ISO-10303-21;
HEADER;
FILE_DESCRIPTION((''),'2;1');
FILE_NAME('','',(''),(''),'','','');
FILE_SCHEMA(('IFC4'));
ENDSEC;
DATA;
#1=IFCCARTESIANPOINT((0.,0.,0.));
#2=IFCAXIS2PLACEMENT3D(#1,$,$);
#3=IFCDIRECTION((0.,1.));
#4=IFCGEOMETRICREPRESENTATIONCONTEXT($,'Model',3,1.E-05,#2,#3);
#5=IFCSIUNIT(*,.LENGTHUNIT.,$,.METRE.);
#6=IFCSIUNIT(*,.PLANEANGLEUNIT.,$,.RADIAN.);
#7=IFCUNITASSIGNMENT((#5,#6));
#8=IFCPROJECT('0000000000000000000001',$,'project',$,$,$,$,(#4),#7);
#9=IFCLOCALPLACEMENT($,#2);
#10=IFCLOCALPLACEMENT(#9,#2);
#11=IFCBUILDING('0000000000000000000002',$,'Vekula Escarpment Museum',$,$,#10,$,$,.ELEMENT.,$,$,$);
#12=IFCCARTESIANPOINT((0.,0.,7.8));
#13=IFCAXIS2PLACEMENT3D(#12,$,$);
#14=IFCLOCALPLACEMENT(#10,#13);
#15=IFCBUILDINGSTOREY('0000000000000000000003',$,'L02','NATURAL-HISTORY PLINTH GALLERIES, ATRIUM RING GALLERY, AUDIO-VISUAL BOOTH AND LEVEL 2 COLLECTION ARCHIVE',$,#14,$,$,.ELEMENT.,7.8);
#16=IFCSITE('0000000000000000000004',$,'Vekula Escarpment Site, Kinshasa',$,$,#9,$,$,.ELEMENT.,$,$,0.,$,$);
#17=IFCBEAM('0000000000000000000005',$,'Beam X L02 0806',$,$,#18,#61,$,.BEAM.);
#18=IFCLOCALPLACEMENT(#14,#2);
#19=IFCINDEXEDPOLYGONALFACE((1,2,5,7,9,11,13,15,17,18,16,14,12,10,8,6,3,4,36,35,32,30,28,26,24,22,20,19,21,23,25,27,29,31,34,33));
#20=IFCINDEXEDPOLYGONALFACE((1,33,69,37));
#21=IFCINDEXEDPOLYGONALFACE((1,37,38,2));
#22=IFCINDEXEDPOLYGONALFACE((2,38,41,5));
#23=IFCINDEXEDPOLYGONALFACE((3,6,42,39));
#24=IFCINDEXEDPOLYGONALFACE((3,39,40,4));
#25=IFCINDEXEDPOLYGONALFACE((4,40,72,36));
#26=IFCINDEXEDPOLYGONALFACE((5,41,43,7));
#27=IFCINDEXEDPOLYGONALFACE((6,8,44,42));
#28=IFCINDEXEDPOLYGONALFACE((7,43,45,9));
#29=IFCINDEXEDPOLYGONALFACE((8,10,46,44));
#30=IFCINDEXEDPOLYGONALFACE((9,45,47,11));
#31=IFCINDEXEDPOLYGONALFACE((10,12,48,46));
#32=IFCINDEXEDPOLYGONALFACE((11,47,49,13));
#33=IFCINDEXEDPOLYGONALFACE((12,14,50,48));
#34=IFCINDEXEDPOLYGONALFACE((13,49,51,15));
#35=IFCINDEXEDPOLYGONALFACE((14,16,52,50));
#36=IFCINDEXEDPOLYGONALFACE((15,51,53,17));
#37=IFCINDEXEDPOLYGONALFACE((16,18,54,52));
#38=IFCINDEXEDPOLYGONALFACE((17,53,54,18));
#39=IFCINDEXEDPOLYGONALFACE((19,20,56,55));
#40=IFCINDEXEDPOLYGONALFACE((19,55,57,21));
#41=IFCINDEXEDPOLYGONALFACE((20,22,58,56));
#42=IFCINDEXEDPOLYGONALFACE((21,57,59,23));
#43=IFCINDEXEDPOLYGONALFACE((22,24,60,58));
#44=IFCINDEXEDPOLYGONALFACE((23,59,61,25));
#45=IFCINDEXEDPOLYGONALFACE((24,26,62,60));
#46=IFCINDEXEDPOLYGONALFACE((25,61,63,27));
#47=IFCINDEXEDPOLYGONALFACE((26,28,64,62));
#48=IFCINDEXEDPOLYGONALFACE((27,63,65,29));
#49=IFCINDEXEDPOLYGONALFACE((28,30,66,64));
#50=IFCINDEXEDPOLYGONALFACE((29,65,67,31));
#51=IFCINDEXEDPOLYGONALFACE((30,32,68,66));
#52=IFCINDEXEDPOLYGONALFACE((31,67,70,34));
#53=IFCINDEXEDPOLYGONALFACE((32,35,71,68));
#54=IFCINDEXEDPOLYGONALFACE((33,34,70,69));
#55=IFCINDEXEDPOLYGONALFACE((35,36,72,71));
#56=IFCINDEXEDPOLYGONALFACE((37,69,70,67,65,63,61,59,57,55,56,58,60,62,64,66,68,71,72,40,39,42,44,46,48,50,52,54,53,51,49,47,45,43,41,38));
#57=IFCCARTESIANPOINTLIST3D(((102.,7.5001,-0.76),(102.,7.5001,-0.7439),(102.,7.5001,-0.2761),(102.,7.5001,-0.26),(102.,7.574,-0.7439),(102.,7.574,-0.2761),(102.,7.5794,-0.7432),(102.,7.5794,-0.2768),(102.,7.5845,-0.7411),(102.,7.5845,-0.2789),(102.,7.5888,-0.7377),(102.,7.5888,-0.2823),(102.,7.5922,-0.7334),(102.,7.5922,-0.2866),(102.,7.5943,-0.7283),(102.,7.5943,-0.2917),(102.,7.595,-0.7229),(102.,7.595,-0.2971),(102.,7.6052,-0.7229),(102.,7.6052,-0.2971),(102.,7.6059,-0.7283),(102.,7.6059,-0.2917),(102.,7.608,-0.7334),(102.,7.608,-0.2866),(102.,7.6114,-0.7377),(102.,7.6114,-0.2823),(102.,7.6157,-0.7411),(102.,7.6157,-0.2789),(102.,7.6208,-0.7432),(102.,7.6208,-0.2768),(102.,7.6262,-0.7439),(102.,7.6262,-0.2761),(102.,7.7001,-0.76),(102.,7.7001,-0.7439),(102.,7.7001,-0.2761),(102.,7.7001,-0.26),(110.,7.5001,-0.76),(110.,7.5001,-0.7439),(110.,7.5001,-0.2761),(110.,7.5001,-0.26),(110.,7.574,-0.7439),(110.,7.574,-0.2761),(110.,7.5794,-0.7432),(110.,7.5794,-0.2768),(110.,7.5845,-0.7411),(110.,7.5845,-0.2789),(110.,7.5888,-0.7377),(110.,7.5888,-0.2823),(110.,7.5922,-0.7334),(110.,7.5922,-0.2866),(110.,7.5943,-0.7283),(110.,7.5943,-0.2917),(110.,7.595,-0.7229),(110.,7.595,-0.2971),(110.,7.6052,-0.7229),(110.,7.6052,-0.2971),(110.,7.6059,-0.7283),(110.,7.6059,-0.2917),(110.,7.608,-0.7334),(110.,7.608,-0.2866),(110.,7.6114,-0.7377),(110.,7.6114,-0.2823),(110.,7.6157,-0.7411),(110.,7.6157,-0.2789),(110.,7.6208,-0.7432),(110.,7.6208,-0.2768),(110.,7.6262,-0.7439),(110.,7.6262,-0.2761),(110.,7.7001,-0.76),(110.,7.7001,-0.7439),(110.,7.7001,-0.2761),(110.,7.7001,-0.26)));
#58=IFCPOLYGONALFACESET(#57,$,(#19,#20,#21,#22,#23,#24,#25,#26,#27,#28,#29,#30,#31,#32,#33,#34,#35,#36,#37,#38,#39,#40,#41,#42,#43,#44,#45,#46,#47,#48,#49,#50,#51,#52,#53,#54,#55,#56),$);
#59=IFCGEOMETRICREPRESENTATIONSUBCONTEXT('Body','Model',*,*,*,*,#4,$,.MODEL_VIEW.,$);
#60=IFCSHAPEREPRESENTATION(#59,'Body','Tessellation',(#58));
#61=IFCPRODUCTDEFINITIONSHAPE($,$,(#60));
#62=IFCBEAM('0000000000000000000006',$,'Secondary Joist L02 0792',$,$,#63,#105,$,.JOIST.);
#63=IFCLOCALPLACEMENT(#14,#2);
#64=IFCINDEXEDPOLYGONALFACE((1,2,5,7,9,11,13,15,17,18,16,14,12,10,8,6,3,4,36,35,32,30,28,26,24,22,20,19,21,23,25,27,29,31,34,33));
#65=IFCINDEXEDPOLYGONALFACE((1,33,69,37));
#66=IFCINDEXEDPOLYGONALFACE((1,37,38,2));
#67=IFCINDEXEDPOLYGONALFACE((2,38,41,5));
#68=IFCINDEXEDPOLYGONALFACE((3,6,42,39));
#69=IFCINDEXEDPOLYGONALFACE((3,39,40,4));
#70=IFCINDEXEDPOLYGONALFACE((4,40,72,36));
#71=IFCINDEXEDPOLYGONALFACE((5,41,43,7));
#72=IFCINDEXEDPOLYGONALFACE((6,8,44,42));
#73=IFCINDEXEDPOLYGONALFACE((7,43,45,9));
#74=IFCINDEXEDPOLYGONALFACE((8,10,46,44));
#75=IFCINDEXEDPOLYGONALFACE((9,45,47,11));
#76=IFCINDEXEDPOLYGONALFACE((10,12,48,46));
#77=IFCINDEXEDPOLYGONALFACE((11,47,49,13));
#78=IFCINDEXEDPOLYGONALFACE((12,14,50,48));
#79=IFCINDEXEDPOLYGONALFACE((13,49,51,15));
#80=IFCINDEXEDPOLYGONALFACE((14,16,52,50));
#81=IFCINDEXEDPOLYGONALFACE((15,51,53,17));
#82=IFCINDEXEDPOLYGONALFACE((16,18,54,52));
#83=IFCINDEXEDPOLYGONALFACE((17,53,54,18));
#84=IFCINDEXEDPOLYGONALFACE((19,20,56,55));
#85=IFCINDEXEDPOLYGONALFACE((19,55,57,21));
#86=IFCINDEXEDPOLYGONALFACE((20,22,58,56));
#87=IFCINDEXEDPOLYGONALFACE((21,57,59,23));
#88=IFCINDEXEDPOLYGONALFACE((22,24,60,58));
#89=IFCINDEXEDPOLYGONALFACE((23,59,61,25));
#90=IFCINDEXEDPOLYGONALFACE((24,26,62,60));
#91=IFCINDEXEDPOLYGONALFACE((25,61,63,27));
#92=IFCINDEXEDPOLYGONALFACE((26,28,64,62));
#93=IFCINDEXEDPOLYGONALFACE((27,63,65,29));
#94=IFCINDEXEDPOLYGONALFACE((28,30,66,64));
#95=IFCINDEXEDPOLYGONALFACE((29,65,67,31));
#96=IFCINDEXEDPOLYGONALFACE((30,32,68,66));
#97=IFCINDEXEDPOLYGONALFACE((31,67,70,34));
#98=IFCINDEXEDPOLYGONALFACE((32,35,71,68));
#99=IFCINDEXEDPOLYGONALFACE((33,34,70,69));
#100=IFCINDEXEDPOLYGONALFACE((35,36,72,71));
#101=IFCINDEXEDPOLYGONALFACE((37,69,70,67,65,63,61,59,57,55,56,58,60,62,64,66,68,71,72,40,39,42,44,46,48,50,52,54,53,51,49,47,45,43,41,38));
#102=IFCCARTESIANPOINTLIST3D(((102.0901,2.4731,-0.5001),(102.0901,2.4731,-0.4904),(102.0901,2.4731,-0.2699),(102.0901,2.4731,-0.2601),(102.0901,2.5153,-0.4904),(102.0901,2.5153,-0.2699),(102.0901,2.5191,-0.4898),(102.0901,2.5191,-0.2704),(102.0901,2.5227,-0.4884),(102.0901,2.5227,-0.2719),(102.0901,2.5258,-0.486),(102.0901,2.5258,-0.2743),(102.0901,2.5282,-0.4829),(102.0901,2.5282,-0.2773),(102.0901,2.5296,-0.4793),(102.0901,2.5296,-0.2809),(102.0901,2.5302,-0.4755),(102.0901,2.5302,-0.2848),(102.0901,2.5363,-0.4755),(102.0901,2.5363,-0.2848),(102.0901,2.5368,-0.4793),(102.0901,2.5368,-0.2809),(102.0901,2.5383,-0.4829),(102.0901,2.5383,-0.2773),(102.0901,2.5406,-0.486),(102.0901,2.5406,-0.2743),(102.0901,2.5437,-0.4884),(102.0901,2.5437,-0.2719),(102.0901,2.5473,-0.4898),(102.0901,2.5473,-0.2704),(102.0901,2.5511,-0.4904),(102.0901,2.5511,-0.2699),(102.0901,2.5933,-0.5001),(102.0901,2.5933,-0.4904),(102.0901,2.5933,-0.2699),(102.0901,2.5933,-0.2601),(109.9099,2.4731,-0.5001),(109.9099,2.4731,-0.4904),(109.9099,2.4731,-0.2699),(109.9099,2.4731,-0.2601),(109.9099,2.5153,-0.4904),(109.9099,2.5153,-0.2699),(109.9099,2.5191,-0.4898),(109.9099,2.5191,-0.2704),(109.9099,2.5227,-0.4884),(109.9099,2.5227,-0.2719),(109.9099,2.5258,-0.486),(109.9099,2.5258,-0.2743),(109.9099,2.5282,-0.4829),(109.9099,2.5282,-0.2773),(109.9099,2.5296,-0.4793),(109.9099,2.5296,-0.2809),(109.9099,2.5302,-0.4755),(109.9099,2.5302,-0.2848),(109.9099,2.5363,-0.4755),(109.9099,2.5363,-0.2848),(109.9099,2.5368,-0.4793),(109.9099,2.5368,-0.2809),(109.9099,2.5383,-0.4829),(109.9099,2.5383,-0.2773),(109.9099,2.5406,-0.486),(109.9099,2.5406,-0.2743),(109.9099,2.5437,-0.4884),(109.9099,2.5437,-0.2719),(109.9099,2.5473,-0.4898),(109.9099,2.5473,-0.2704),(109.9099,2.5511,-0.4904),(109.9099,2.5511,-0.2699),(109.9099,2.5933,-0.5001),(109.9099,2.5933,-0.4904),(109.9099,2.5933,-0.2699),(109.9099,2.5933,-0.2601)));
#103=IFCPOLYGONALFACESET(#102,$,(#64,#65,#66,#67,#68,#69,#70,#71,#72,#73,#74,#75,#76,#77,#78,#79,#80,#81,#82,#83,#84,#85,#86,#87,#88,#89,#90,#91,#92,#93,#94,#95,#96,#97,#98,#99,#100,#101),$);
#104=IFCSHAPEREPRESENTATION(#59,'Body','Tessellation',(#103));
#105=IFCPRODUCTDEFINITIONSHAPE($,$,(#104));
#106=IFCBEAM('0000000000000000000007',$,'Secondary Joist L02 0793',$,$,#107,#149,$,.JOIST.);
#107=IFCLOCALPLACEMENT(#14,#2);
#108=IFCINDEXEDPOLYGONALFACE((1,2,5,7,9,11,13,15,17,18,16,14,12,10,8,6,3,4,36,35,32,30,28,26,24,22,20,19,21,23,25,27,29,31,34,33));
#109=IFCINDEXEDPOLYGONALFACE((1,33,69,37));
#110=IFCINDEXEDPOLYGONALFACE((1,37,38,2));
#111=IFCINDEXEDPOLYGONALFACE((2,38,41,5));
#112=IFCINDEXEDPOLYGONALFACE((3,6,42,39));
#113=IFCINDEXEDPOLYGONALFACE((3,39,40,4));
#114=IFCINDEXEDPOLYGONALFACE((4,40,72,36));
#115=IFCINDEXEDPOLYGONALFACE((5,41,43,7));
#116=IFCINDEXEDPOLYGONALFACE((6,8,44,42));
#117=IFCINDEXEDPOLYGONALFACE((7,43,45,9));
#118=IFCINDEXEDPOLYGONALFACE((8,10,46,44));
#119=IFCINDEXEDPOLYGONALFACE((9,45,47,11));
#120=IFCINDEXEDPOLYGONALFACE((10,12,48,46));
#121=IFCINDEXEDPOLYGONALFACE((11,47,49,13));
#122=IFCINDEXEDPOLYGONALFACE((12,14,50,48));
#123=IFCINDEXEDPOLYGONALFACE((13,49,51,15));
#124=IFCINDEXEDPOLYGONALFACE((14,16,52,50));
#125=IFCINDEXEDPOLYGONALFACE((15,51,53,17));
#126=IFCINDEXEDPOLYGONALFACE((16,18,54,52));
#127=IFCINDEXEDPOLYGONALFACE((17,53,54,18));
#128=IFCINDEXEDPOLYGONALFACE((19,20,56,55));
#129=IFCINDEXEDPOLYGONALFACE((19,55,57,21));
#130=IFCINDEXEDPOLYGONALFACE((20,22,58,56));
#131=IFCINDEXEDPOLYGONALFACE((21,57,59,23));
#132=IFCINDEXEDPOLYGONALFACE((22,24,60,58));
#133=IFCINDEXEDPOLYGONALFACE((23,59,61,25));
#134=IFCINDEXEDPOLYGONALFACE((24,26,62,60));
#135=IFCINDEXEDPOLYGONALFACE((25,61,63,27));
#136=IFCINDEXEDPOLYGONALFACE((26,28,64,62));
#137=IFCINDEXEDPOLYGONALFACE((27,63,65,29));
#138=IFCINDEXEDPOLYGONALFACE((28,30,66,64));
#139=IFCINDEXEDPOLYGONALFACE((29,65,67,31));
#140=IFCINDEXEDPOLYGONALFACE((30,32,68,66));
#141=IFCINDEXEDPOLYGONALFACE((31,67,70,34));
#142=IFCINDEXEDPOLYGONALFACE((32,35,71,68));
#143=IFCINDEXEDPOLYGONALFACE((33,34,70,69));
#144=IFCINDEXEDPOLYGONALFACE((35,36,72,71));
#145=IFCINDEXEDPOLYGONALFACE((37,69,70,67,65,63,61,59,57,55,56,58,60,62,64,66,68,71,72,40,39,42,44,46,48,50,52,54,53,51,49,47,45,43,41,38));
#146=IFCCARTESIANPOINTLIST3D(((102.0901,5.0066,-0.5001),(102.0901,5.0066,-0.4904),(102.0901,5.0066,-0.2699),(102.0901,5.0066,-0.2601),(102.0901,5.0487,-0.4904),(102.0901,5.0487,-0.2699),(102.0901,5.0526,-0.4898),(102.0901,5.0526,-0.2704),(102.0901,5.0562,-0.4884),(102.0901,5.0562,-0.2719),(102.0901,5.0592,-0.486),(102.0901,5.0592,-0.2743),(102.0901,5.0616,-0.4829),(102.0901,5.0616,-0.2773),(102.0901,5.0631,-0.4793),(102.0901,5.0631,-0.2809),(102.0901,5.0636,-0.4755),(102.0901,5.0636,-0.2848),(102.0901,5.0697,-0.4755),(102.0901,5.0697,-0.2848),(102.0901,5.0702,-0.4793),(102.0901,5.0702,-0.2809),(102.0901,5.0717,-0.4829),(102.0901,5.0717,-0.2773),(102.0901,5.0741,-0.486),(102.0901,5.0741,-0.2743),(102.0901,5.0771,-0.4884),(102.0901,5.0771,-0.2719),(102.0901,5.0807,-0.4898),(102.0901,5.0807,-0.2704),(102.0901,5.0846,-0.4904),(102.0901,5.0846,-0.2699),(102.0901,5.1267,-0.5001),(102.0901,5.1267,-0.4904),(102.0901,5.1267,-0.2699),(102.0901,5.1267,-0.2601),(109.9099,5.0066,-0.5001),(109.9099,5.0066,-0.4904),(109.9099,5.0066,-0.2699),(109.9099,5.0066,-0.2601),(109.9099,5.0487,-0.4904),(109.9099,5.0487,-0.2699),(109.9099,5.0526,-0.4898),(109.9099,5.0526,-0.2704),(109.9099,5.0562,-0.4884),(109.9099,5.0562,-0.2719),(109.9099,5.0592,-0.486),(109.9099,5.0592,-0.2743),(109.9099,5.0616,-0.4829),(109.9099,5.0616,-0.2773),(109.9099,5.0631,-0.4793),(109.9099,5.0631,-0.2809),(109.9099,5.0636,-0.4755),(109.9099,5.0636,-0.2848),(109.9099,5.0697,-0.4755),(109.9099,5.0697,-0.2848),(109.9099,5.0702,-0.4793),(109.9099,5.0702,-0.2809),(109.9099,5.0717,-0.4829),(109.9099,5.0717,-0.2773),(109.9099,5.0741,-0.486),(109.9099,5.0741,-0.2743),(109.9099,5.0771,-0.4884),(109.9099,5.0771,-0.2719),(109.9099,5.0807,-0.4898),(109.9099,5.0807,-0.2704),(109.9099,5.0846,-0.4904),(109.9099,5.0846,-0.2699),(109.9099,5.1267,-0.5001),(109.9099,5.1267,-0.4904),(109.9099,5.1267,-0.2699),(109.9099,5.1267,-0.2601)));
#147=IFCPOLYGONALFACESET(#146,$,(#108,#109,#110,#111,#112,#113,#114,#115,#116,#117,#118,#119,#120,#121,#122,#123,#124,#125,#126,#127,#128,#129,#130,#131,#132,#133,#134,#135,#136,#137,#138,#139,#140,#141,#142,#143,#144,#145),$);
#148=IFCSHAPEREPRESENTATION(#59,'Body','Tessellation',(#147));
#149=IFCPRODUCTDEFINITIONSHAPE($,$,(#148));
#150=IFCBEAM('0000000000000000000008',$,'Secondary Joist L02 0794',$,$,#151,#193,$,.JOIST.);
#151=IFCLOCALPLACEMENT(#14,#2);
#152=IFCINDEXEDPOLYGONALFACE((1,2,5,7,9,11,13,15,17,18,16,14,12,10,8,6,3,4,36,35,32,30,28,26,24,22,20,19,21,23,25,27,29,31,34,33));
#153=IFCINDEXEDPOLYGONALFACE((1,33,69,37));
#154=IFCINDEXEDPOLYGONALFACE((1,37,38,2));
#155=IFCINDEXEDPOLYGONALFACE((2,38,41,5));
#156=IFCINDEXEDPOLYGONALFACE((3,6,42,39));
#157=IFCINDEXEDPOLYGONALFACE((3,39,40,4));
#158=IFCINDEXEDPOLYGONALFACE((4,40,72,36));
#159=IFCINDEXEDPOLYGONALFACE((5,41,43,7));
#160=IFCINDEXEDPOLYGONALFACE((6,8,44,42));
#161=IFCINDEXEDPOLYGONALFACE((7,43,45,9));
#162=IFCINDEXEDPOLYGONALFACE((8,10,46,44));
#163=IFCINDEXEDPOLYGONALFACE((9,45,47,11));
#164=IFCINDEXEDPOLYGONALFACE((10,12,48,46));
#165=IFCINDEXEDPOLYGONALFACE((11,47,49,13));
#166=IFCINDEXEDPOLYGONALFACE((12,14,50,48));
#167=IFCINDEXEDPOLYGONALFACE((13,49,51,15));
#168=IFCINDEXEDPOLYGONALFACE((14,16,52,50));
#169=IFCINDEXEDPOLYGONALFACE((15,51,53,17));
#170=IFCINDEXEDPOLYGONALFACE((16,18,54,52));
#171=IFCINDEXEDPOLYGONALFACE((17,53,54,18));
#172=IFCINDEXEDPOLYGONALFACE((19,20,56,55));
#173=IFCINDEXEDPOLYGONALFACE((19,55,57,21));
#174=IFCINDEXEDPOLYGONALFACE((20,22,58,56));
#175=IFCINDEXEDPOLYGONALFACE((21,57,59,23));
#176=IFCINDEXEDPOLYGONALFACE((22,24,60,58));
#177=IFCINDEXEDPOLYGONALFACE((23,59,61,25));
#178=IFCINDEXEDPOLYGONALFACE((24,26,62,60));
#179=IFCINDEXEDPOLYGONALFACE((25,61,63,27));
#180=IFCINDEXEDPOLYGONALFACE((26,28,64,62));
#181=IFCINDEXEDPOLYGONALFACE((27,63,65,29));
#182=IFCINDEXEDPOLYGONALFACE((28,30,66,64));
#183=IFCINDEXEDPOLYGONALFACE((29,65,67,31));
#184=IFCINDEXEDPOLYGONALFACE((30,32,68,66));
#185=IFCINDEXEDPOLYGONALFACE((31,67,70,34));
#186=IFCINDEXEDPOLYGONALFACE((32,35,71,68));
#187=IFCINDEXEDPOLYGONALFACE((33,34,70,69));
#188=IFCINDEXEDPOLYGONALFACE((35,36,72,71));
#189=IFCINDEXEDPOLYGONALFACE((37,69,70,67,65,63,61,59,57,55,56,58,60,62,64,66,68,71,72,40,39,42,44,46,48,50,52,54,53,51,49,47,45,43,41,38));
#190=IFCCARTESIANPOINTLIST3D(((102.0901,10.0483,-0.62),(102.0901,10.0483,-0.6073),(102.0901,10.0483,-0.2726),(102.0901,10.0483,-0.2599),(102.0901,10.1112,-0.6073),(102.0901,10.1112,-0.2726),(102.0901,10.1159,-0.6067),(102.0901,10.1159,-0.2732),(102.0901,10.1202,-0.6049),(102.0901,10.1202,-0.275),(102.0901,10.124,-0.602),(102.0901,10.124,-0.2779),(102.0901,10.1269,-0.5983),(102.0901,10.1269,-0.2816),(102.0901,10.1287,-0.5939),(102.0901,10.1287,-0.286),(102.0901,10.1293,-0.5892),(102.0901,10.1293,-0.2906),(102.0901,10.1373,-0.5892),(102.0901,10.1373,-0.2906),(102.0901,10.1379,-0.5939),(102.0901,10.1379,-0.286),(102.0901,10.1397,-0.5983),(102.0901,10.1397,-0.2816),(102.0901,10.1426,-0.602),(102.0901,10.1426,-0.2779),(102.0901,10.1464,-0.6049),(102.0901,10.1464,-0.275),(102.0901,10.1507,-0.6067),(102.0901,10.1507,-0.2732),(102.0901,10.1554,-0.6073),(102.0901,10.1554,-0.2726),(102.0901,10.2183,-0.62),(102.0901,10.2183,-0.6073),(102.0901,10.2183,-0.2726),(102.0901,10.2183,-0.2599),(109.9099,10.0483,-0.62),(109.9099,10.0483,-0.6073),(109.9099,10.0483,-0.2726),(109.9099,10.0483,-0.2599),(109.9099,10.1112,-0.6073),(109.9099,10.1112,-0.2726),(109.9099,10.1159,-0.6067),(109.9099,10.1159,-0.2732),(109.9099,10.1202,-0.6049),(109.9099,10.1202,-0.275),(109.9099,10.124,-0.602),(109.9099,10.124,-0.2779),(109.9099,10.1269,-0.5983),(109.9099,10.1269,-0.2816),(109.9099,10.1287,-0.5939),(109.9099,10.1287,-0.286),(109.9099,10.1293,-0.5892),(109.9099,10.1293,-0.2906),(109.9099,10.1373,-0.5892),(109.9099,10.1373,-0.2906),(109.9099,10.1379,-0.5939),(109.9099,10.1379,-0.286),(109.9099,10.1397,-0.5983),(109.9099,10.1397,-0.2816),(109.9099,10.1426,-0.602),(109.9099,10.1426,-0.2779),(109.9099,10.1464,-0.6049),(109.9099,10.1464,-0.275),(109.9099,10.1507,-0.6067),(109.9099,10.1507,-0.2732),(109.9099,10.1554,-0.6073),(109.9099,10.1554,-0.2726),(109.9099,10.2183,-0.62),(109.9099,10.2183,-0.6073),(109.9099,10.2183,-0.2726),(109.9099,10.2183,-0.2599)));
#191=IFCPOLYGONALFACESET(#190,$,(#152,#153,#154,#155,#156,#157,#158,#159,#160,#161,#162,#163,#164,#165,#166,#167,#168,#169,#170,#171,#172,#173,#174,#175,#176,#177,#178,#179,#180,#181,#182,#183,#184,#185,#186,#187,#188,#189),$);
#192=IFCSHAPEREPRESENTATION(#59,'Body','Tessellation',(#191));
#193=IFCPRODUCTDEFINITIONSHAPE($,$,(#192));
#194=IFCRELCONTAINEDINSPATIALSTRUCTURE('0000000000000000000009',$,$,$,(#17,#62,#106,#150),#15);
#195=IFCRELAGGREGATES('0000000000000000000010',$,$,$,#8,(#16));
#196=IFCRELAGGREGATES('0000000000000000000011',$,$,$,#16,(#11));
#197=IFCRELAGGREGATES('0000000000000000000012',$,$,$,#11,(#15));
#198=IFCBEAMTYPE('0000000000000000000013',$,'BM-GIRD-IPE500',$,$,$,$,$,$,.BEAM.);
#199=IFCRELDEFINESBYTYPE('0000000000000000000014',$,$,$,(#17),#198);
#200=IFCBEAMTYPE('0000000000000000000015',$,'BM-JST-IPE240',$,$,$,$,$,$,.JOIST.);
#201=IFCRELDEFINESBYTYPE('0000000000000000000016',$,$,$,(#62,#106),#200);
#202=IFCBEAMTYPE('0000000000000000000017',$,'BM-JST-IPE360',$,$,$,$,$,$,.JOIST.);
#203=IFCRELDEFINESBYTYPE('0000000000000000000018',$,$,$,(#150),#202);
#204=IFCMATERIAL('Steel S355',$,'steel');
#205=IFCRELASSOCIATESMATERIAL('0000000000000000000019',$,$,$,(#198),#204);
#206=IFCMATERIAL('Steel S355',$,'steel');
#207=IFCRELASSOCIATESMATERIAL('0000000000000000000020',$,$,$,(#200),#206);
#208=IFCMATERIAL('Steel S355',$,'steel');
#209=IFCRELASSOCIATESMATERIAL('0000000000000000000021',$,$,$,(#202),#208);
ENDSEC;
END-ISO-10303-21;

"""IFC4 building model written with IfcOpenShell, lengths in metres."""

from ifc_helpers import new_model, si_unit, direction, frame, origin, origin_2d, place, context, subcontext, project, spatial, i_section, extrude, material, material_profile, profile_set, type_object, element, save


model = new_model("IFC4")

# Units and contexts
model_context = context("Model", 3, precision=1e-05, world=origin(), true_north=direction((0.0, 1.0)))
body_context = subcontext(model_context, "Body", "Model", "MODEL_VIEW")
ifc_project = project(units=[si_unit("LENGTHUNIT", "METRE"), si_unit("PLANEANGLEUNIT", "RADIAN")], contexts=[model_context])

# Site, building, storey
site_placement = place(None, origin())
site = spatial("IfcSite", under=ifc_project, at=site_placement, Name="Vekula Escarpment Site, Kinshasa", CompositionType="ELEMENT", RefElevation=0.0)
building_placement = place(site_placement, origin())
building = spatial("IfcBuilding", under=site, at=building_placement, Name="Vekula Escarpment Museum", CompositionType="ELEMENT")
storey_placement = place(building_placement, frame((0.0, 0.0, 7.8)))
storey = spatial("IfcBuildingStorey", under=building, at=storey_placement, Name="L02", Description="NATURAL-HISTORY PLINTH GALLERIES, ATRIUM RING GALLERY, AUDIO-VISUAL BOOTH AND LEVEL 2 COLLECTION ARCHIVE", CompositionType="ELEMENT", Elevation=7.8)

# Beams
ifc_material_1 = material(Name="Steel S355", Category="steel")
ifc_material_profile_1 = material_profile(ifc_material_1, i_section(OverallWidth=0.2, OverallDepth=0.5, WebThickness=0.0103, FlangeThickness=0.0161, FilletRadius=0.021, at=origin_2d()), Name="IPE 500")
ifc_profile_set_1 = profile_set([ifc_material_profile_1], Name="Steel S355")
beam_type_1 = type_object("IfcBeamType", Name="BM-GIRD-IPE500", PredefinedType="BEAM", material=ifc_profile_set_1)
beam_1_placement = place(storey_placement, frame((102.0, 7.6001, -0.51), z_axis=(1.0, 0.0, 0.0), x_axis=(0.0, 1.0, 0.0)))
element("IfcBeam", 1, at=beam_1_placement, inside=storey, type_object=beam_type_1, Name="Beam X L02 0806", PredefinedType="BEAM", context=body_context, shape_type="SweptSolid", body=[
    extrude(i_section(OverallWidth=0.2, OverallDepth=0.5, WebThickness=0.0103, FlangeThickness=0.0161, FilletRadius=0.021, at=origin_2d()), origin(), (0.0, 0.0, 1.0), 8.0),
])
ifc_material_2 = material(Name="Steel S355", Category="steel")
ifc_material_profile_2 = material_profile(ifc_material_2, i_section(OverallWidth=0.1201, OverallDepth=0.24, WebThickness=0.0061, FlangeThickness=0.0098, FilletRadius=0.0149, at=origin_2d()), Name="IPE 240")
ifc_profile_set_2 = profile_set([ifc_material_profile_2], Name="Steel S355")
beam_type_2 = type_object("IfcBeamType", Name="BM-JST-IPE240", PredefinedType="JOIST", material=ifc_profile_set_2)
for number, where, z_axis, x_axis, name in (
    (2, (102.0901, 2.5332, -0.3801), (1.0, 0.0, 0.0), (0.0, 1.0, 0.0), "Secondary Joist L02 0792"),
    (3, (102.0901, 5.0667, -0.3801), (1.0, 0.0, 0.0), (0.0, 1.0, 0.0), "Secondary Joist L02 0793"),
):
    element("IfcBeam", number, at=place(storey_placement, frame(where, z_axis=z_axis, x_axis=x_axis)), inside=storey, type_object=beam_type_2, Name=name, PredefinedType="JOIST", context=body_context, shape_type="SweptSolid", body=[
        extrude(i_section(OverallWidth=0.1201, OverallDepth=0.24, WebThickness=0.0061, FlangeThickness=0.0098, FilletRadius=0.0149, at=origin_2d()), origin(), (0.0, 0.0, 1.0), 7.8198),
    ])
ifc_material_3 = material(Name="Steel S355", Category="steel")
ifc_material_profile_3 = material_profile(ifc_material_3, i_section(OverallWidth=0.1699, OverallDepth=0.3601, WebThickness=0.0081, FlangeThickness=0.0127, FilletRadius=0.0181, at=origin_2d()), Name="IPE 360")
ifc_profile_set_3 = profile_set([ifc_material_profile_3], Name="Steel S355")
beam_type_3 = type_object("IfcBeamType", Name="BM-JST-IPE360", PredefinedType="JOIST", material=ifc_profile_set_3)
for number, where, z_axis, x_axis, name in (
    (4, (102.0901, 10.1333, -0.4399), (1.0, 0.0, 0.0), (0.0, 1.0, 0.0), "Secondary Joist L02 0794"),
):
    element("IfcBeam", number, at=place(storey_placement, frame(where, z_axis=z_axis, x_axis=x_axis)), inside=storey, type_object=beam_type_3, Name=name, PredefinedType="JOIST", context=body_context, shape_type="SweptSolid", body=[
        extrude(i_section(OverallWidth=0.1699, OverallDepth=0.3601, WebThickness=0.0081, FlangeThickness=0.0127, FilletRadius=0.0181, at=origin_2d()), origin(), (0.0, 0.0, 1.0), 7.8198),
    ])

save(model, "model.ifc")
